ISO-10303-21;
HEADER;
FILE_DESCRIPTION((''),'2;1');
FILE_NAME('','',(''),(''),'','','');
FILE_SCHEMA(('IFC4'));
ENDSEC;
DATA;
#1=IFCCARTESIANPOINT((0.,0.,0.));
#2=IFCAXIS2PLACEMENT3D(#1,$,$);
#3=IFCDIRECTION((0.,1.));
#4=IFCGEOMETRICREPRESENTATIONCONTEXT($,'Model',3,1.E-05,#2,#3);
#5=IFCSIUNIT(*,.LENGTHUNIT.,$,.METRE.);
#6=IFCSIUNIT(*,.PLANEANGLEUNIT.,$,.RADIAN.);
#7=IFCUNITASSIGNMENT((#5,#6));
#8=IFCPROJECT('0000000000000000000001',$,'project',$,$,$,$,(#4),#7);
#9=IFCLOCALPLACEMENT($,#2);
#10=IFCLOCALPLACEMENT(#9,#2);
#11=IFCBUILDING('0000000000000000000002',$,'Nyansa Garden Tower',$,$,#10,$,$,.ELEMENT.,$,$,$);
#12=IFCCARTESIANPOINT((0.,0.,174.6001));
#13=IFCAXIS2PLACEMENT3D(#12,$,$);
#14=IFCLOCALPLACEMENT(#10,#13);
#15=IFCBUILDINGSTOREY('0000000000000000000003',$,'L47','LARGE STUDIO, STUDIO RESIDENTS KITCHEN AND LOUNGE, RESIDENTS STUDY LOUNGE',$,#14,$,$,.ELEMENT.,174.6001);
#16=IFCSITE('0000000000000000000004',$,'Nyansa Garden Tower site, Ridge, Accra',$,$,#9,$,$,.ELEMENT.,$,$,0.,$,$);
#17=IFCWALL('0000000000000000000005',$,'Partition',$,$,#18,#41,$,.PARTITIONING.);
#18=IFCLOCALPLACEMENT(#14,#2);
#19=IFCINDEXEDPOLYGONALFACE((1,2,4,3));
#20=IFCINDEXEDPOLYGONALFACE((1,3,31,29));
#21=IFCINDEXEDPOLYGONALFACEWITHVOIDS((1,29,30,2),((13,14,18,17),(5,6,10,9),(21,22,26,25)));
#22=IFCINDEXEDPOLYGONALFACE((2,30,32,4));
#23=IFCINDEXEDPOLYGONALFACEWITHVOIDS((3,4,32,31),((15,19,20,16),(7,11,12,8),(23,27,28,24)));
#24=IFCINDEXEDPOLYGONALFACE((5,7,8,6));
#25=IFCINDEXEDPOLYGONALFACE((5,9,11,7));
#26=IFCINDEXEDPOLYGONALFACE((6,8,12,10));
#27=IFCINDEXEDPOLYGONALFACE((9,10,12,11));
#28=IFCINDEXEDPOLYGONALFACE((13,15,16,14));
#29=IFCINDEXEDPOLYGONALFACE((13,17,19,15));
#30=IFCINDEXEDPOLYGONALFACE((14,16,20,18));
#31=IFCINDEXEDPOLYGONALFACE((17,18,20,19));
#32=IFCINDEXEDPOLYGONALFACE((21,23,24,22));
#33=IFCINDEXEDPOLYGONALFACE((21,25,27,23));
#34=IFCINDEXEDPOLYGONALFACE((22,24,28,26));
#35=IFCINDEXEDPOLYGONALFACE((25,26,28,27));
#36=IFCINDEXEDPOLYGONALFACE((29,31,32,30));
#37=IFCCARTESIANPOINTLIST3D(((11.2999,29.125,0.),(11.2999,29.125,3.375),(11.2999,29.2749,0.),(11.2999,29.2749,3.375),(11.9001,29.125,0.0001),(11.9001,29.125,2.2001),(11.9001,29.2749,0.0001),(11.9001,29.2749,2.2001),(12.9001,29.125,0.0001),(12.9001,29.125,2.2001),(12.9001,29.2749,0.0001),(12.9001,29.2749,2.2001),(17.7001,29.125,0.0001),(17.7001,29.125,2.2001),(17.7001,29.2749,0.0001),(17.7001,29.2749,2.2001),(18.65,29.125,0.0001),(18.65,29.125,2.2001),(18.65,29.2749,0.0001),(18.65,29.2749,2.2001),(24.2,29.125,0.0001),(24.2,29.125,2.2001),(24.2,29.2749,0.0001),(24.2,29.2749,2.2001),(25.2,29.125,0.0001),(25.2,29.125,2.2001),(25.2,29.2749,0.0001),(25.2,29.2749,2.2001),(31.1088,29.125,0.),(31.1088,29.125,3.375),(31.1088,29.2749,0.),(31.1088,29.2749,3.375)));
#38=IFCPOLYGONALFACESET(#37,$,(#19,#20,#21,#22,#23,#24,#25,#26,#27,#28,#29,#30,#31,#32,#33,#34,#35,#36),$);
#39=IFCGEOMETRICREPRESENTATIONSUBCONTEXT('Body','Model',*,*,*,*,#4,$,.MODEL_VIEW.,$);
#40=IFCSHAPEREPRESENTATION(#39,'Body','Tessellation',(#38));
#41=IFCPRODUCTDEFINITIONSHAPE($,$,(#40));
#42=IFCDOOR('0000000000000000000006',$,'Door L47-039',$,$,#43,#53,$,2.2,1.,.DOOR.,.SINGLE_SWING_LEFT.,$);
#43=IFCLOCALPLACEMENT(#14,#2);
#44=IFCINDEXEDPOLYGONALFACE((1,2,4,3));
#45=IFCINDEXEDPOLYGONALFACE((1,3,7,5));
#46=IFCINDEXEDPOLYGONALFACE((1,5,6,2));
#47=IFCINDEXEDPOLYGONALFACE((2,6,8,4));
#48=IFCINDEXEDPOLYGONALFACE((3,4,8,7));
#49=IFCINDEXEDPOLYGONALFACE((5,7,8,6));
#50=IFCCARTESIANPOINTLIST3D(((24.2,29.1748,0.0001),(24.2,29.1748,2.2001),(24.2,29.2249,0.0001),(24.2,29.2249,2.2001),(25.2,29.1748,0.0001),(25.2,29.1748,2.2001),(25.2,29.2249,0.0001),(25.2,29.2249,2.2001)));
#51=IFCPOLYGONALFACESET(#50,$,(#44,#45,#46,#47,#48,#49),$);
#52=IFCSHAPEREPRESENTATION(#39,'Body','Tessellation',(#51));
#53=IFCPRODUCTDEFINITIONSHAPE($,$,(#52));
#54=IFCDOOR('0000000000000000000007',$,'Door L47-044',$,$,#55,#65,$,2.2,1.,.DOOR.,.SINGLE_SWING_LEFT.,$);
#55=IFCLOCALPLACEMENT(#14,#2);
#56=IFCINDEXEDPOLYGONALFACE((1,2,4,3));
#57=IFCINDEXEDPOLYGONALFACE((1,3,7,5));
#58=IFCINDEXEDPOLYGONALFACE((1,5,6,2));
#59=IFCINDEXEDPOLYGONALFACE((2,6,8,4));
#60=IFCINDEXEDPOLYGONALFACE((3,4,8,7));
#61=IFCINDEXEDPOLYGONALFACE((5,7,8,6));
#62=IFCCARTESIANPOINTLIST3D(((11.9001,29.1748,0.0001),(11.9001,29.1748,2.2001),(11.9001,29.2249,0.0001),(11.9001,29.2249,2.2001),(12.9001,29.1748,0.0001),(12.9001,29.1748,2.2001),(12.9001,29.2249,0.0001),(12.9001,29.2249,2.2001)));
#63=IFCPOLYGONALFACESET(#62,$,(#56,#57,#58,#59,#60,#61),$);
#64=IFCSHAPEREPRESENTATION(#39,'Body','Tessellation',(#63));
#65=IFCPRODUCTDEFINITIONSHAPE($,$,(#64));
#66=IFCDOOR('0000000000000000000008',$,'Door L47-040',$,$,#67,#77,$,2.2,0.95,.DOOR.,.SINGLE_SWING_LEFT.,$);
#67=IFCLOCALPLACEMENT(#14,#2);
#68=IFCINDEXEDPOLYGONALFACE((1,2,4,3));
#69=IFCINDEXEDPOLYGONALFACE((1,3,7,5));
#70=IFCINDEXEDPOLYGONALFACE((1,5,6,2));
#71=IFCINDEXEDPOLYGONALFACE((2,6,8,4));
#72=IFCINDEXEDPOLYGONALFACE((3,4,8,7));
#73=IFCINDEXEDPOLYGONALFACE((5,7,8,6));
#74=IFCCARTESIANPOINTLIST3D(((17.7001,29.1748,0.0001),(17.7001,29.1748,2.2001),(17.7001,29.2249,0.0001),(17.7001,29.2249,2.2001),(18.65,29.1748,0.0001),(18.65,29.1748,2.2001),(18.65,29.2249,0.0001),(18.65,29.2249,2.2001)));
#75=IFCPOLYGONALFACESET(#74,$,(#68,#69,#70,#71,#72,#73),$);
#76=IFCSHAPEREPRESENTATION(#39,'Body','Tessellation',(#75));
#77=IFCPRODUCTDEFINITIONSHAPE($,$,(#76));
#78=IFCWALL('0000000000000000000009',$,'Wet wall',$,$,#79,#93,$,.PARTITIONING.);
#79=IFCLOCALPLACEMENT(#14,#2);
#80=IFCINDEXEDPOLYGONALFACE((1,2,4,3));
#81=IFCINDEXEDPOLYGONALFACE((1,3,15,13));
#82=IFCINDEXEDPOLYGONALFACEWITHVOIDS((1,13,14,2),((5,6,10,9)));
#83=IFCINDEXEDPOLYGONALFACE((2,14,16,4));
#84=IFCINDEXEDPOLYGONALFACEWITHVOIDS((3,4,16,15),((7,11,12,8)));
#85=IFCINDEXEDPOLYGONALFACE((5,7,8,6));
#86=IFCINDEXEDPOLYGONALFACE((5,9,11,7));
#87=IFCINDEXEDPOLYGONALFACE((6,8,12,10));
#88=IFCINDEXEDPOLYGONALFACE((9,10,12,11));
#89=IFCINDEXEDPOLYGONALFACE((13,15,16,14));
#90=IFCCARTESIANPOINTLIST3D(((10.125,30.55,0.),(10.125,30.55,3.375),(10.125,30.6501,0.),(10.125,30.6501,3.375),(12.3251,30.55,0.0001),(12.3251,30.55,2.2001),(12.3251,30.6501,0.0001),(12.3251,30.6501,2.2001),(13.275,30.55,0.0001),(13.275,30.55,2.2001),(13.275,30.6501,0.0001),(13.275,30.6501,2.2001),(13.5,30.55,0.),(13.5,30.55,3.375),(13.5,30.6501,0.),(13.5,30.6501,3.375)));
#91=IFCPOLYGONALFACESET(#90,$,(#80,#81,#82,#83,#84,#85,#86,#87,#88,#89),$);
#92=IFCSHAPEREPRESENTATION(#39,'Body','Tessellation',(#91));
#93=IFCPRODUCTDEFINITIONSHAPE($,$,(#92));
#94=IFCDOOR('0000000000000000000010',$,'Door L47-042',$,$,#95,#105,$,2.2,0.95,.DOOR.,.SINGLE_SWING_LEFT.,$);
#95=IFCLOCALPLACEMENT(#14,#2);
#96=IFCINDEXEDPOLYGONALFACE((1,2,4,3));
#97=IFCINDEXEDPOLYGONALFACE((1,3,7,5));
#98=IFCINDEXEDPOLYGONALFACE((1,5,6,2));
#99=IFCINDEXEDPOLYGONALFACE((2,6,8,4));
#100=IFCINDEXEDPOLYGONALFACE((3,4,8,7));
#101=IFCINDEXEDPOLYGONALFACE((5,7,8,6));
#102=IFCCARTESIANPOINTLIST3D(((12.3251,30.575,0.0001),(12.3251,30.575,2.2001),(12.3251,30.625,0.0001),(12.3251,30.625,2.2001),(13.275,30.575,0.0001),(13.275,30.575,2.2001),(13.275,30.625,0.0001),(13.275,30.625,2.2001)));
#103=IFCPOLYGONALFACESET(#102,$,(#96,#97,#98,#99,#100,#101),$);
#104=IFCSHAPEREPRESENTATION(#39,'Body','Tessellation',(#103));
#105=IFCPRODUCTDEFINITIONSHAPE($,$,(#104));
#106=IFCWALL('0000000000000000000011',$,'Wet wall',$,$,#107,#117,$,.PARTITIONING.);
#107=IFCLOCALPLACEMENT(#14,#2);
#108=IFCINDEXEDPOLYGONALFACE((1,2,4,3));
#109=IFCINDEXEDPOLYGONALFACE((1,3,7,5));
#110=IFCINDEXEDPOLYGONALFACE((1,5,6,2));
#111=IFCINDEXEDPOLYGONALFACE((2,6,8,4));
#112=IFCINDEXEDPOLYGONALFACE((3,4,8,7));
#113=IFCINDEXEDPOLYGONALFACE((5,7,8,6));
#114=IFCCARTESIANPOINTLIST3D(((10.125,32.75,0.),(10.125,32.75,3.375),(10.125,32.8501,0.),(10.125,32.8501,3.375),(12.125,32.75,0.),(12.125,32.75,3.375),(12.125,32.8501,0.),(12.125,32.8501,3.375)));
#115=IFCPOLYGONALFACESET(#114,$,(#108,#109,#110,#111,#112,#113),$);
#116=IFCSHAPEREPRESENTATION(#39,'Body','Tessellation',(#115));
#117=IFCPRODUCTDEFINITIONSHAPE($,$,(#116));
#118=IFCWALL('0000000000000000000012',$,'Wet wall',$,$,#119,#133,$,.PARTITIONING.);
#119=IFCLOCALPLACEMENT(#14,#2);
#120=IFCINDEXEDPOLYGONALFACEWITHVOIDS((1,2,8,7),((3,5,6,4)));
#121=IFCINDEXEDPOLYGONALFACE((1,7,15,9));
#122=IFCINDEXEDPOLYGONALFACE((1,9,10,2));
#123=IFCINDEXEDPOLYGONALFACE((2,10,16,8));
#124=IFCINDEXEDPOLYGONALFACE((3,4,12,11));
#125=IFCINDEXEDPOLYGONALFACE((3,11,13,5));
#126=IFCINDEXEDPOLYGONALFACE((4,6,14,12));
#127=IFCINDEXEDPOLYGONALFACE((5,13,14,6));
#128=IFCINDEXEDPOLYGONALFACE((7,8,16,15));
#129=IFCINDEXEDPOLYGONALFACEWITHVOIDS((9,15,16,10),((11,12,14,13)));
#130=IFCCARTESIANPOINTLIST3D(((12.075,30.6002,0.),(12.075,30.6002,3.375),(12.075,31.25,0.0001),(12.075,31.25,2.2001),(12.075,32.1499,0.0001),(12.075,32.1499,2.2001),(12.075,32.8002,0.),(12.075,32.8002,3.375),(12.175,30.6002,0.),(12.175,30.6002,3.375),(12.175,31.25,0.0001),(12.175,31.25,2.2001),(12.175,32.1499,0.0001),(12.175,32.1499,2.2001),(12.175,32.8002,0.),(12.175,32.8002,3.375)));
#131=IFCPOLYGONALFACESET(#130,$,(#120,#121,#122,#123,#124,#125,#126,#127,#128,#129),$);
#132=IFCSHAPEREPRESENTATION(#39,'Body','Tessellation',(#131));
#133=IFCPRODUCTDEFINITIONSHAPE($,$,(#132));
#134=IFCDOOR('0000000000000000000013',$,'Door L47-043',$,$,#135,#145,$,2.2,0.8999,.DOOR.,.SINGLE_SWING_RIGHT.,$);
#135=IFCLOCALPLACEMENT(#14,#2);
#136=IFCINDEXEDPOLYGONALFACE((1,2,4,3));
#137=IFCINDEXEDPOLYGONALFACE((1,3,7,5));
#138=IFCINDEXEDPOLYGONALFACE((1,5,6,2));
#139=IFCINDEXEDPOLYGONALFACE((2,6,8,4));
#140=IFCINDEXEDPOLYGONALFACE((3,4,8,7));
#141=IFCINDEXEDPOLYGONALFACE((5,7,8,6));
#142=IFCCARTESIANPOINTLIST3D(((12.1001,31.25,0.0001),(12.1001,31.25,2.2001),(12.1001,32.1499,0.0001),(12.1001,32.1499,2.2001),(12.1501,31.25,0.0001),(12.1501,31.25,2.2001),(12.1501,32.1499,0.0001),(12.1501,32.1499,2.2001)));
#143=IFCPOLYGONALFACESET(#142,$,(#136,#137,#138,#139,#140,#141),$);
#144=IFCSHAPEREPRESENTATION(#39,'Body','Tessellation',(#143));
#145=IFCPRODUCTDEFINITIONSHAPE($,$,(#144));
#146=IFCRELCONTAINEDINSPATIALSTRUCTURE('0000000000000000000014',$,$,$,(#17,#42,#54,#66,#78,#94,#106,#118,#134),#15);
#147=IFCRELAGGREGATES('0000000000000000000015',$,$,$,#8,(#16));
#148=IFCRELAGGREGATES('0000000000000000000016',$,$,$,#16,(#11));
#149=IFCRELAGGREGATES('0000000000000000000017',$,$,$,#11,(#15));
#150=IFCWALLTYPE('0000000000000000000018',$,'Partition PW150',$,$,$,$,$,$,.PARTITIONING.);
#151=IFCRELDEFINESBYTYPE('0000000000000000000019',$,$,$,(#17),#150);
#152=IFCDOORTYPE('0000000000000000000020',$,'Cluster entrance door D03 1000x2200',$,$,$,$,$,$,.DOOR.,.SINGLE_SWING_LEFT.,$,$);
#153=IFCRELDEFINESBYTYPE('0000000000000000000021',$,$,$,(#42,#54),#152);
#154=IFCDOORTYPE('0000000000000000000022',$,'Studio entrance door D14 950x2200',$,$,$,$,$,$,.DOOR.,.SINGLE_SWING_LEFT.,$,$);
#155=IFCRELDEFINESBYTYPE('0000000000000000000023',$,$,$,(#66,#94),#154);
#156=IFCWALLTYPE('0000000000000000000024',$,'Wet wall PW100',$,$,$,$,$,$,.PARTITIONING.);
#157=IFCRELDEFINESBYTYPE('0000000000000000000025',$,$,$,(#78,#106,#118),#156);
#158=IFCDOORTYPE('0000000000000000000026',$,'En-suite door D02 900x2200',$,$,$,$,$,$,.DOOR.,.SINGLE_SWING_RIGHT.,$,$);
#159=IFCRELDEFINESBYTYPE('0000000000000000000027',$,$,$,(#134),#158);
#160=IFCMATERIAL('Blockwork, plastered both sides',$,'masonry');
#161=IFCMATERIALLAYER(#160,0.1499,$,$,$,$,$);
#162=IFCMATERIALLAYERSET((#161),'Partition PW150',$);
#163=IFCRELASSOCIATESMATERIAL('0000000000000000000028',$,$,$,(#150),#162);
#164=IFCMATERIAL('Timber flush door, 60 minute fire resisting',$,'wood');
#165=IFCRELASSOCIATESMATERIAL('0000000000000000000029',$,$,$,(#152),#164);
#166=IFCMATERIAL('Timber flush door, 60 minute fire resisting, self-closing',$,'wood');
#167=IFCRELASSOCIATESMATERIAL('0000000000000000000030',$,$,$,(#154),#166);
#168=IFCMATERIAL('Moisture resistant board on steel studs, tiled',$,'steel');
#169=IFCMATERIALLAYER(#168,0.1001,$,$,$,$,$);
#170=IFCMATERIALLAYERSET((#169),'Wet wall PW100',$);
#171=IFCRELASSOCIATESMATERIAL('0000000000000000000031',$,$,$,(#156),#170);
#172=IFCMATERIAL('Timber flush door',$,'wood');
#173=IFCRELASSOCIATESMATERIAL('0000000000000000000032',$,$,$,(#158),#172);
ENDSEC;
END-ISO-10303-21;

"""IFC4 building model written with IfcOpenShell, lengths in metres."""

from ifc_helpers import new_model, si_unit, direction, frame, frame_2d, origin, place, context, subcontext, project, spatial, rectangle, extrude, material, layer, layer_set, type_object, element, fill, save


model = new_model("IFC4")

# Units and contexts
model_context = context("Model", 3, precision=1e-05, world=origin(), true_north=direction((0.0, 1.0)))
body_context = subcontext(model_context, "Body", "Model", "MODEL_VIEW")
ifc_project = project(units=[si_unit("LENGTHUNIT", "METRE"), si_unit("PLANEANGLEUNIT", "RADIAN")], contexts=[model_context])

# Site, building, storey
site_placement = place(None, origin())
site = spatial("IfcSite", under=ifc_project, at=site_placement, Name="Nyansa Garden Tower site, Ridge, Accra", CompositionType="ELEMENT", RefElevation=0.0)
building_placement = place(site_placement, origin())
building = spatial("IfcBuilding", under=site, at=building_placement, Name="Nyansa Garden Tower", CompositionType="ELEMENT")
storey_placement = place(building_placement, frame((0.0, 0.0, 174.6001)))
storey = spatial("IfcBuildingStorey", under=building, at=storey_placement, Name="L47", Description="LARGE STUDIO, STUDIO RESIDENTS KITCHEN AND LOUNGE, RESIDENTS STUDY LOUNGE", CompositionType="ELEMENT", Elevation=174.6001)

# Wall, openings, doors
ifc_material_1 = material(Name="Blockwork, plastered both sides", Category="masonry")
ifc_layer_1 = layer(ifc_material_1, 0.1499)
ifc_layer_set_1 = layer_set([ifc_layer_1], Name="Partition PW150")
wall_type_1 = type_object("IfcWallType", Name="Partition PW150", PredefinedType="PARTITIONING", material=ifc_layer_set_1)
wall_1_placement = place(storey_placement, frame((11.3, 29.2, 0.0), z_axis=(0.0, 0.0, 1.0), x_axis=(1.0, 0.0, 0.0)))
wall_1 = element("IfcWall", 1, at=wall_1_placement, inside=storey, type_object=wall_type_1, Name="Partition", PredefinedType="PARTITIONING", context=body_context, shape_type="SweptSolid", body=[
    extrude(rectangle(XDim=19.8088, YDim=0.1499, at=frame_2d((9.9043, 0.0))), origin(), (0.0, 0.0, 1.0), 3.375),
])
opening_1_placement = place(wall_1_placement, frame((12.8999, 0.0, 0.0)))
opening_1 = element("IfcOpeningElement", 2, at=opening_1_placement, cuts=wall_1, PredefinedType="OPENING", context=body_context, shape_type="SweptSolid", body=[
    extrude(rectangle(XDim=1.0, YDim=2.2, at=frame_2d((0.5, 1.1001))), frame((0.0, 0.085, 0.0), z_axis=(0.0, -1.0, 0.0), x_axis=(1.0, 0.0, 0.0)), (0.0, 0.0, 1.0), 0.1699),
])
opening_2_placement = place(wall_1_placement, frame((6.3999, 0.0, 0.0)))
opening_2 = element("IfcOpeningElement", 3, at=opening_2_placement, cuts=wall_1, PredefinedType="OPENING", context=body_context, shape_type="SweptSolid", body=[
    extrude(rectangle(XDim=0.95, YDim=2.2, at=frame_2d((0.4751, 1.1001))), frame((0.0, 0.085, 0.0), z_axis=(0.0, -1.0, 0.0), x_axis=(1.0, 0.0, 0.0)), (0.0, 0.0, 1.0), 0.1699),
])
opening_3_placement = place(wall_1_placement, frame((0.6001, 0.0, 0.0)))
opening_3 = element("IfcOpeningElement", 4, at=opening_3_placement, cuts=wall_1, PredefinedType="OPENING", context=body_context, shape_type="SweptSolid", body=[
    extrude(rectangle(XDim=1.0, YDim=2.2, at=frame_2d((0.5, 1.1001))), frame((0.0, 0.085, 0.0), z_axis=(0.0, -1.0, 0.0), x_axis=(1.0, 0.0, 0.0)), (0.0, 0.0, 1.0), 0.1699),
])
ifc_material_2 = material(Name="Timber flush door, 60 minute fire resisting", Category="wood")
door_type_1 = type_object("IfcDoorType", Name="Cluster entrance door D03 1000x2200", OperationType="SINGLE_SWING_LEFT", PredefinedType="DOOR", material=ifc_material_2)
door_1_placement = place(opening_1_placement, origin())
door_1 = element("IfcDoor", 5, at=door_1_placement, inside=storey, type_object=door_type_1, Name="Door L47-039", OperationType="SINGLE_SWING_LEFT", OverallHeight=2.2, OverallWidth=1.0, PredefinedType="DOOR", context=body_context, shape_type="SweptSolid", body=[
    extrude(rectangle(XDim=1.0, YDim=2.2, at=frame_2d((0.5, 1.1001))), frame((0.0, 0.0249, 0.0), z_axis=(0.0, -1.0, 0.0), x_axis=(1.0, 0.0, 0.0)), (0.0, 0.0, 1.0), 0.05),
])
fill(opening_1, door_1)
door_2_placement = place(opening_3_placement, origin())
door_2 = element("IfcDoor", 6, at=door_2_placement, inside=storey, type_object=door_type_1, Name="Door L47-044", OperationType="SINGLE_SWING_LEFT", OverallHeight=2.2, OverallWidth=1.0, PredefinedType="DOOR", context=body_context, shape_type="SweptSolid", body=[
    extrude(rectangle(XDim=1.0, YDim=2.2, at=frame_2d((0.5, 1.1001))), frame((0.0, 0.0249, 0.0), z_axis=(0.0, -1.0, 0.0), x_axis=(1.0, 0.0, 0.0)), (0.0, 0.0, 1.0), 0.05),
])
fill(opening_3, door_2)
ifc_material_3 = material(Name="Timber flush door, 60 minute fire resisting, self-closing", Category="wood")
door_type_2 = type_object("IfcDoorType", Name="Studio entrance door D14 950x2200", OperationType="SINGLE_SWING_LEFT", PredefinedType="DOOR", material=ifc_material_3)
door_3_placement = place(opening_2_placement, origin())
door_3 = element("IfcDoor", 7, at=door_3_placement, inside=storey, type_object=door_type_2, Name="Door L47-040", OperationType="SINGLE_SWING_LEFT", OverallHeight=2.2, OverallWidth=0.95, PredefinedType="DOOR", context=body_context, shape_type="SweptSolid", body=[
    extrude(rectangle(XDim=0.95, YDim=2.2, at=frame_2d((0.4751, 1.1001))), frame((0.0, 0.0249, 0.0), z_axis=(0.0, -1.0, 0.0), x_axis=(1.0, 0.0, 0.0)), (0.0, 0.0, 1.0), 0.05),
])
fill(opening_2, door_3)

# Wall, opening, door
ifc_material_4 = material(Name="Moisture resistant board on steel studs, tiled", Category="steel")
ifc_layer_2 = layer(ifc_material_4, 0.1001)
ifc_layer_set_2 = layer_set([ifc_layer_2], Name="Wet wall PW100")
wall_type_2 = type_object("IfcWallType", Name="Wet wall PW100", PredefinedType="PARTITIONING", material=ifc_layer_set_2)
wall_2_placement = place(storey_placement, frame((10.125, 30.6001, 0.0), z_axis=(0.0, 0.0, 1.0), x_axis=(1.0, 0.0, 0.0)))
wall_2 = element("IfcWall", 8, at=wall_2_placement, inside=storey, type_object=wall_type_2, Name="Wet wall", PredefinedType="PARTITIONING", context=body_context, shape_type="SweptSolid", body=[
    extrude(rectangle(XDim=3.375, YDim=0.1001, at=frame_2d((1.6875, 0.0))), origin(), (0.0, 0.0, 1.0), 3.375),
])
opening_4_placement = place(wall_2_placement, frame((2.2, 0.0, 0.0)))
opening_4 = element("IfcOpeningElement", 9, at=opening_4_placement, cuts=wall_2, PredefinedType="OPENING", context=body_context, shape_type="SweptSolid", body=[
    extrude(rectangle(XDim=0.95, YDim=2.2, at=frame_2d((0.4751, 1.1001))), frame((0.0, 0.0601, 0.0), z_axis=(0.0, -1.0, 0.0), x_axis=(1.0, 0.0, 0.0)), (0.0, 0.0, 1.0), 0.1201),
])
door_4_placement = place(opening_4_placement, origin())
door_4 = element("IfcDoor", 10, at=door_4_placement, inside=storey, type_object=door_type_2, Name="Door L47-042", OperationType="SINGLE_SWING_LEFT", OverallHeight=2.2, OverallWidth=0.95, PredefinedType="DOOR", context=body_context, shape_type="SweptSolid", body=[
    extrude(rectangle(XDim=0.95, YDim=2.2, at=frame_2d((0.4751, 1.1001))), frame((0.0, 0.0249, 0.0), z_axis=(0.0, -1.0, 0.0), x_axis=(1.0, 0.0, 0.0)), (0.0, 0.0, 1.0), 0.05),
])
fill(opening_4, door_4)

# Wall
wall_3_placement = place(storey_placement, frame((10.125, 32.8, 0.0), z_axis=(0.0, 0.0, 1.0), x_axis=(1.0, 0.0, 0.0)))
element("IfcWall", 11, at=wall_3_placement, inside=storey, type_object=wall_type_2, Name="Wet wall", PredefinedType="PARTITIONING", context=body_context, shape_type="SweptSolid", body=[
    extrude(rectangle(XDim=2.0, YDim=0.1001, at=frame_2d((1.0, 0.0))), origin(), (0.0, 0.0, 1.0), 3.375),
])

# Wall, opening, door
wall_4_placement = place(storey_placement, frame((12.125, 30.6001, 0.0), z_axis=(0.0, 0.0, 1.0), x_axis=(0.0, 1.0, 0.0)))
wall_4 = element("IfcWall", 12, at=wall_4_placement, inside=storey, type_object=wall_type_2, Name="Wet wall", PredefinedType="PARTITIONING", context=body_context, shape_type="SweptSolid", body=[
    extrude(rectangle(XDim=2.2, YDim=0.1001, at=frame_2d((1.1001, 0.0))), origin(), (0.0, 0.0, 1.0), 3.375),
])
opening_5_placement = place(wall_4_placement, frame((0.6499, 0.0, 0.0)))
opening_5 = element("IfcOpeningElement", 13, at=opening_5_placement, cuts=wall_4, PredefinedType="OPENING", context=body_context, shape_type="SweptSolid", body=[
    extrude(rectangle(XDim=0.8999, YDim=2.2, at=frame_2d((0.45, 1.1001))), frame((0.0, 0.0601, 0.0), z_axis=(0.0, -1.0, 0.0), x_axis=(1.0, 0.0, 0.0)), (0.0, 0.0, 1.0), 0.1201),
])
ifc_material_5 = material(Name="Timber flush door", Category="wood")
door_type_3 = type_object("IfcDoorType", Name="En-suite door D02 900x2200", OperationType="SINGLE_SWING_RIGHT", PredefinedType="DOOR", material=ifc_material_5)
door_5_placement = place(opening_5_placement, origin())
door_5 = element("IfcDoor", 14, at=door_5_placement, inside=storey, type_object=door_type_3, Name="Door L47-043", OperationType="SINGLE_SWING_RIGHT", OverallHeight=2.2, OverallWidth=0.8999, PredefinedType="DOOR", context=body_context, shape_type="SweptSolid", body=[
    extrude(rectangle(XDim=0.8999, YDim=2.2, at=frame_2d((0.45, 1.1001))), frame((0.0, 0.0249, 0.0), z_axis=(0.0, -1.0, 0.0), x_axis=(1.0, 0.0, 0.0)), (0.0, 0.0, 1.0), 0.05),
])
fill(opening_5, door_5)

save(model, "model.ifc")
